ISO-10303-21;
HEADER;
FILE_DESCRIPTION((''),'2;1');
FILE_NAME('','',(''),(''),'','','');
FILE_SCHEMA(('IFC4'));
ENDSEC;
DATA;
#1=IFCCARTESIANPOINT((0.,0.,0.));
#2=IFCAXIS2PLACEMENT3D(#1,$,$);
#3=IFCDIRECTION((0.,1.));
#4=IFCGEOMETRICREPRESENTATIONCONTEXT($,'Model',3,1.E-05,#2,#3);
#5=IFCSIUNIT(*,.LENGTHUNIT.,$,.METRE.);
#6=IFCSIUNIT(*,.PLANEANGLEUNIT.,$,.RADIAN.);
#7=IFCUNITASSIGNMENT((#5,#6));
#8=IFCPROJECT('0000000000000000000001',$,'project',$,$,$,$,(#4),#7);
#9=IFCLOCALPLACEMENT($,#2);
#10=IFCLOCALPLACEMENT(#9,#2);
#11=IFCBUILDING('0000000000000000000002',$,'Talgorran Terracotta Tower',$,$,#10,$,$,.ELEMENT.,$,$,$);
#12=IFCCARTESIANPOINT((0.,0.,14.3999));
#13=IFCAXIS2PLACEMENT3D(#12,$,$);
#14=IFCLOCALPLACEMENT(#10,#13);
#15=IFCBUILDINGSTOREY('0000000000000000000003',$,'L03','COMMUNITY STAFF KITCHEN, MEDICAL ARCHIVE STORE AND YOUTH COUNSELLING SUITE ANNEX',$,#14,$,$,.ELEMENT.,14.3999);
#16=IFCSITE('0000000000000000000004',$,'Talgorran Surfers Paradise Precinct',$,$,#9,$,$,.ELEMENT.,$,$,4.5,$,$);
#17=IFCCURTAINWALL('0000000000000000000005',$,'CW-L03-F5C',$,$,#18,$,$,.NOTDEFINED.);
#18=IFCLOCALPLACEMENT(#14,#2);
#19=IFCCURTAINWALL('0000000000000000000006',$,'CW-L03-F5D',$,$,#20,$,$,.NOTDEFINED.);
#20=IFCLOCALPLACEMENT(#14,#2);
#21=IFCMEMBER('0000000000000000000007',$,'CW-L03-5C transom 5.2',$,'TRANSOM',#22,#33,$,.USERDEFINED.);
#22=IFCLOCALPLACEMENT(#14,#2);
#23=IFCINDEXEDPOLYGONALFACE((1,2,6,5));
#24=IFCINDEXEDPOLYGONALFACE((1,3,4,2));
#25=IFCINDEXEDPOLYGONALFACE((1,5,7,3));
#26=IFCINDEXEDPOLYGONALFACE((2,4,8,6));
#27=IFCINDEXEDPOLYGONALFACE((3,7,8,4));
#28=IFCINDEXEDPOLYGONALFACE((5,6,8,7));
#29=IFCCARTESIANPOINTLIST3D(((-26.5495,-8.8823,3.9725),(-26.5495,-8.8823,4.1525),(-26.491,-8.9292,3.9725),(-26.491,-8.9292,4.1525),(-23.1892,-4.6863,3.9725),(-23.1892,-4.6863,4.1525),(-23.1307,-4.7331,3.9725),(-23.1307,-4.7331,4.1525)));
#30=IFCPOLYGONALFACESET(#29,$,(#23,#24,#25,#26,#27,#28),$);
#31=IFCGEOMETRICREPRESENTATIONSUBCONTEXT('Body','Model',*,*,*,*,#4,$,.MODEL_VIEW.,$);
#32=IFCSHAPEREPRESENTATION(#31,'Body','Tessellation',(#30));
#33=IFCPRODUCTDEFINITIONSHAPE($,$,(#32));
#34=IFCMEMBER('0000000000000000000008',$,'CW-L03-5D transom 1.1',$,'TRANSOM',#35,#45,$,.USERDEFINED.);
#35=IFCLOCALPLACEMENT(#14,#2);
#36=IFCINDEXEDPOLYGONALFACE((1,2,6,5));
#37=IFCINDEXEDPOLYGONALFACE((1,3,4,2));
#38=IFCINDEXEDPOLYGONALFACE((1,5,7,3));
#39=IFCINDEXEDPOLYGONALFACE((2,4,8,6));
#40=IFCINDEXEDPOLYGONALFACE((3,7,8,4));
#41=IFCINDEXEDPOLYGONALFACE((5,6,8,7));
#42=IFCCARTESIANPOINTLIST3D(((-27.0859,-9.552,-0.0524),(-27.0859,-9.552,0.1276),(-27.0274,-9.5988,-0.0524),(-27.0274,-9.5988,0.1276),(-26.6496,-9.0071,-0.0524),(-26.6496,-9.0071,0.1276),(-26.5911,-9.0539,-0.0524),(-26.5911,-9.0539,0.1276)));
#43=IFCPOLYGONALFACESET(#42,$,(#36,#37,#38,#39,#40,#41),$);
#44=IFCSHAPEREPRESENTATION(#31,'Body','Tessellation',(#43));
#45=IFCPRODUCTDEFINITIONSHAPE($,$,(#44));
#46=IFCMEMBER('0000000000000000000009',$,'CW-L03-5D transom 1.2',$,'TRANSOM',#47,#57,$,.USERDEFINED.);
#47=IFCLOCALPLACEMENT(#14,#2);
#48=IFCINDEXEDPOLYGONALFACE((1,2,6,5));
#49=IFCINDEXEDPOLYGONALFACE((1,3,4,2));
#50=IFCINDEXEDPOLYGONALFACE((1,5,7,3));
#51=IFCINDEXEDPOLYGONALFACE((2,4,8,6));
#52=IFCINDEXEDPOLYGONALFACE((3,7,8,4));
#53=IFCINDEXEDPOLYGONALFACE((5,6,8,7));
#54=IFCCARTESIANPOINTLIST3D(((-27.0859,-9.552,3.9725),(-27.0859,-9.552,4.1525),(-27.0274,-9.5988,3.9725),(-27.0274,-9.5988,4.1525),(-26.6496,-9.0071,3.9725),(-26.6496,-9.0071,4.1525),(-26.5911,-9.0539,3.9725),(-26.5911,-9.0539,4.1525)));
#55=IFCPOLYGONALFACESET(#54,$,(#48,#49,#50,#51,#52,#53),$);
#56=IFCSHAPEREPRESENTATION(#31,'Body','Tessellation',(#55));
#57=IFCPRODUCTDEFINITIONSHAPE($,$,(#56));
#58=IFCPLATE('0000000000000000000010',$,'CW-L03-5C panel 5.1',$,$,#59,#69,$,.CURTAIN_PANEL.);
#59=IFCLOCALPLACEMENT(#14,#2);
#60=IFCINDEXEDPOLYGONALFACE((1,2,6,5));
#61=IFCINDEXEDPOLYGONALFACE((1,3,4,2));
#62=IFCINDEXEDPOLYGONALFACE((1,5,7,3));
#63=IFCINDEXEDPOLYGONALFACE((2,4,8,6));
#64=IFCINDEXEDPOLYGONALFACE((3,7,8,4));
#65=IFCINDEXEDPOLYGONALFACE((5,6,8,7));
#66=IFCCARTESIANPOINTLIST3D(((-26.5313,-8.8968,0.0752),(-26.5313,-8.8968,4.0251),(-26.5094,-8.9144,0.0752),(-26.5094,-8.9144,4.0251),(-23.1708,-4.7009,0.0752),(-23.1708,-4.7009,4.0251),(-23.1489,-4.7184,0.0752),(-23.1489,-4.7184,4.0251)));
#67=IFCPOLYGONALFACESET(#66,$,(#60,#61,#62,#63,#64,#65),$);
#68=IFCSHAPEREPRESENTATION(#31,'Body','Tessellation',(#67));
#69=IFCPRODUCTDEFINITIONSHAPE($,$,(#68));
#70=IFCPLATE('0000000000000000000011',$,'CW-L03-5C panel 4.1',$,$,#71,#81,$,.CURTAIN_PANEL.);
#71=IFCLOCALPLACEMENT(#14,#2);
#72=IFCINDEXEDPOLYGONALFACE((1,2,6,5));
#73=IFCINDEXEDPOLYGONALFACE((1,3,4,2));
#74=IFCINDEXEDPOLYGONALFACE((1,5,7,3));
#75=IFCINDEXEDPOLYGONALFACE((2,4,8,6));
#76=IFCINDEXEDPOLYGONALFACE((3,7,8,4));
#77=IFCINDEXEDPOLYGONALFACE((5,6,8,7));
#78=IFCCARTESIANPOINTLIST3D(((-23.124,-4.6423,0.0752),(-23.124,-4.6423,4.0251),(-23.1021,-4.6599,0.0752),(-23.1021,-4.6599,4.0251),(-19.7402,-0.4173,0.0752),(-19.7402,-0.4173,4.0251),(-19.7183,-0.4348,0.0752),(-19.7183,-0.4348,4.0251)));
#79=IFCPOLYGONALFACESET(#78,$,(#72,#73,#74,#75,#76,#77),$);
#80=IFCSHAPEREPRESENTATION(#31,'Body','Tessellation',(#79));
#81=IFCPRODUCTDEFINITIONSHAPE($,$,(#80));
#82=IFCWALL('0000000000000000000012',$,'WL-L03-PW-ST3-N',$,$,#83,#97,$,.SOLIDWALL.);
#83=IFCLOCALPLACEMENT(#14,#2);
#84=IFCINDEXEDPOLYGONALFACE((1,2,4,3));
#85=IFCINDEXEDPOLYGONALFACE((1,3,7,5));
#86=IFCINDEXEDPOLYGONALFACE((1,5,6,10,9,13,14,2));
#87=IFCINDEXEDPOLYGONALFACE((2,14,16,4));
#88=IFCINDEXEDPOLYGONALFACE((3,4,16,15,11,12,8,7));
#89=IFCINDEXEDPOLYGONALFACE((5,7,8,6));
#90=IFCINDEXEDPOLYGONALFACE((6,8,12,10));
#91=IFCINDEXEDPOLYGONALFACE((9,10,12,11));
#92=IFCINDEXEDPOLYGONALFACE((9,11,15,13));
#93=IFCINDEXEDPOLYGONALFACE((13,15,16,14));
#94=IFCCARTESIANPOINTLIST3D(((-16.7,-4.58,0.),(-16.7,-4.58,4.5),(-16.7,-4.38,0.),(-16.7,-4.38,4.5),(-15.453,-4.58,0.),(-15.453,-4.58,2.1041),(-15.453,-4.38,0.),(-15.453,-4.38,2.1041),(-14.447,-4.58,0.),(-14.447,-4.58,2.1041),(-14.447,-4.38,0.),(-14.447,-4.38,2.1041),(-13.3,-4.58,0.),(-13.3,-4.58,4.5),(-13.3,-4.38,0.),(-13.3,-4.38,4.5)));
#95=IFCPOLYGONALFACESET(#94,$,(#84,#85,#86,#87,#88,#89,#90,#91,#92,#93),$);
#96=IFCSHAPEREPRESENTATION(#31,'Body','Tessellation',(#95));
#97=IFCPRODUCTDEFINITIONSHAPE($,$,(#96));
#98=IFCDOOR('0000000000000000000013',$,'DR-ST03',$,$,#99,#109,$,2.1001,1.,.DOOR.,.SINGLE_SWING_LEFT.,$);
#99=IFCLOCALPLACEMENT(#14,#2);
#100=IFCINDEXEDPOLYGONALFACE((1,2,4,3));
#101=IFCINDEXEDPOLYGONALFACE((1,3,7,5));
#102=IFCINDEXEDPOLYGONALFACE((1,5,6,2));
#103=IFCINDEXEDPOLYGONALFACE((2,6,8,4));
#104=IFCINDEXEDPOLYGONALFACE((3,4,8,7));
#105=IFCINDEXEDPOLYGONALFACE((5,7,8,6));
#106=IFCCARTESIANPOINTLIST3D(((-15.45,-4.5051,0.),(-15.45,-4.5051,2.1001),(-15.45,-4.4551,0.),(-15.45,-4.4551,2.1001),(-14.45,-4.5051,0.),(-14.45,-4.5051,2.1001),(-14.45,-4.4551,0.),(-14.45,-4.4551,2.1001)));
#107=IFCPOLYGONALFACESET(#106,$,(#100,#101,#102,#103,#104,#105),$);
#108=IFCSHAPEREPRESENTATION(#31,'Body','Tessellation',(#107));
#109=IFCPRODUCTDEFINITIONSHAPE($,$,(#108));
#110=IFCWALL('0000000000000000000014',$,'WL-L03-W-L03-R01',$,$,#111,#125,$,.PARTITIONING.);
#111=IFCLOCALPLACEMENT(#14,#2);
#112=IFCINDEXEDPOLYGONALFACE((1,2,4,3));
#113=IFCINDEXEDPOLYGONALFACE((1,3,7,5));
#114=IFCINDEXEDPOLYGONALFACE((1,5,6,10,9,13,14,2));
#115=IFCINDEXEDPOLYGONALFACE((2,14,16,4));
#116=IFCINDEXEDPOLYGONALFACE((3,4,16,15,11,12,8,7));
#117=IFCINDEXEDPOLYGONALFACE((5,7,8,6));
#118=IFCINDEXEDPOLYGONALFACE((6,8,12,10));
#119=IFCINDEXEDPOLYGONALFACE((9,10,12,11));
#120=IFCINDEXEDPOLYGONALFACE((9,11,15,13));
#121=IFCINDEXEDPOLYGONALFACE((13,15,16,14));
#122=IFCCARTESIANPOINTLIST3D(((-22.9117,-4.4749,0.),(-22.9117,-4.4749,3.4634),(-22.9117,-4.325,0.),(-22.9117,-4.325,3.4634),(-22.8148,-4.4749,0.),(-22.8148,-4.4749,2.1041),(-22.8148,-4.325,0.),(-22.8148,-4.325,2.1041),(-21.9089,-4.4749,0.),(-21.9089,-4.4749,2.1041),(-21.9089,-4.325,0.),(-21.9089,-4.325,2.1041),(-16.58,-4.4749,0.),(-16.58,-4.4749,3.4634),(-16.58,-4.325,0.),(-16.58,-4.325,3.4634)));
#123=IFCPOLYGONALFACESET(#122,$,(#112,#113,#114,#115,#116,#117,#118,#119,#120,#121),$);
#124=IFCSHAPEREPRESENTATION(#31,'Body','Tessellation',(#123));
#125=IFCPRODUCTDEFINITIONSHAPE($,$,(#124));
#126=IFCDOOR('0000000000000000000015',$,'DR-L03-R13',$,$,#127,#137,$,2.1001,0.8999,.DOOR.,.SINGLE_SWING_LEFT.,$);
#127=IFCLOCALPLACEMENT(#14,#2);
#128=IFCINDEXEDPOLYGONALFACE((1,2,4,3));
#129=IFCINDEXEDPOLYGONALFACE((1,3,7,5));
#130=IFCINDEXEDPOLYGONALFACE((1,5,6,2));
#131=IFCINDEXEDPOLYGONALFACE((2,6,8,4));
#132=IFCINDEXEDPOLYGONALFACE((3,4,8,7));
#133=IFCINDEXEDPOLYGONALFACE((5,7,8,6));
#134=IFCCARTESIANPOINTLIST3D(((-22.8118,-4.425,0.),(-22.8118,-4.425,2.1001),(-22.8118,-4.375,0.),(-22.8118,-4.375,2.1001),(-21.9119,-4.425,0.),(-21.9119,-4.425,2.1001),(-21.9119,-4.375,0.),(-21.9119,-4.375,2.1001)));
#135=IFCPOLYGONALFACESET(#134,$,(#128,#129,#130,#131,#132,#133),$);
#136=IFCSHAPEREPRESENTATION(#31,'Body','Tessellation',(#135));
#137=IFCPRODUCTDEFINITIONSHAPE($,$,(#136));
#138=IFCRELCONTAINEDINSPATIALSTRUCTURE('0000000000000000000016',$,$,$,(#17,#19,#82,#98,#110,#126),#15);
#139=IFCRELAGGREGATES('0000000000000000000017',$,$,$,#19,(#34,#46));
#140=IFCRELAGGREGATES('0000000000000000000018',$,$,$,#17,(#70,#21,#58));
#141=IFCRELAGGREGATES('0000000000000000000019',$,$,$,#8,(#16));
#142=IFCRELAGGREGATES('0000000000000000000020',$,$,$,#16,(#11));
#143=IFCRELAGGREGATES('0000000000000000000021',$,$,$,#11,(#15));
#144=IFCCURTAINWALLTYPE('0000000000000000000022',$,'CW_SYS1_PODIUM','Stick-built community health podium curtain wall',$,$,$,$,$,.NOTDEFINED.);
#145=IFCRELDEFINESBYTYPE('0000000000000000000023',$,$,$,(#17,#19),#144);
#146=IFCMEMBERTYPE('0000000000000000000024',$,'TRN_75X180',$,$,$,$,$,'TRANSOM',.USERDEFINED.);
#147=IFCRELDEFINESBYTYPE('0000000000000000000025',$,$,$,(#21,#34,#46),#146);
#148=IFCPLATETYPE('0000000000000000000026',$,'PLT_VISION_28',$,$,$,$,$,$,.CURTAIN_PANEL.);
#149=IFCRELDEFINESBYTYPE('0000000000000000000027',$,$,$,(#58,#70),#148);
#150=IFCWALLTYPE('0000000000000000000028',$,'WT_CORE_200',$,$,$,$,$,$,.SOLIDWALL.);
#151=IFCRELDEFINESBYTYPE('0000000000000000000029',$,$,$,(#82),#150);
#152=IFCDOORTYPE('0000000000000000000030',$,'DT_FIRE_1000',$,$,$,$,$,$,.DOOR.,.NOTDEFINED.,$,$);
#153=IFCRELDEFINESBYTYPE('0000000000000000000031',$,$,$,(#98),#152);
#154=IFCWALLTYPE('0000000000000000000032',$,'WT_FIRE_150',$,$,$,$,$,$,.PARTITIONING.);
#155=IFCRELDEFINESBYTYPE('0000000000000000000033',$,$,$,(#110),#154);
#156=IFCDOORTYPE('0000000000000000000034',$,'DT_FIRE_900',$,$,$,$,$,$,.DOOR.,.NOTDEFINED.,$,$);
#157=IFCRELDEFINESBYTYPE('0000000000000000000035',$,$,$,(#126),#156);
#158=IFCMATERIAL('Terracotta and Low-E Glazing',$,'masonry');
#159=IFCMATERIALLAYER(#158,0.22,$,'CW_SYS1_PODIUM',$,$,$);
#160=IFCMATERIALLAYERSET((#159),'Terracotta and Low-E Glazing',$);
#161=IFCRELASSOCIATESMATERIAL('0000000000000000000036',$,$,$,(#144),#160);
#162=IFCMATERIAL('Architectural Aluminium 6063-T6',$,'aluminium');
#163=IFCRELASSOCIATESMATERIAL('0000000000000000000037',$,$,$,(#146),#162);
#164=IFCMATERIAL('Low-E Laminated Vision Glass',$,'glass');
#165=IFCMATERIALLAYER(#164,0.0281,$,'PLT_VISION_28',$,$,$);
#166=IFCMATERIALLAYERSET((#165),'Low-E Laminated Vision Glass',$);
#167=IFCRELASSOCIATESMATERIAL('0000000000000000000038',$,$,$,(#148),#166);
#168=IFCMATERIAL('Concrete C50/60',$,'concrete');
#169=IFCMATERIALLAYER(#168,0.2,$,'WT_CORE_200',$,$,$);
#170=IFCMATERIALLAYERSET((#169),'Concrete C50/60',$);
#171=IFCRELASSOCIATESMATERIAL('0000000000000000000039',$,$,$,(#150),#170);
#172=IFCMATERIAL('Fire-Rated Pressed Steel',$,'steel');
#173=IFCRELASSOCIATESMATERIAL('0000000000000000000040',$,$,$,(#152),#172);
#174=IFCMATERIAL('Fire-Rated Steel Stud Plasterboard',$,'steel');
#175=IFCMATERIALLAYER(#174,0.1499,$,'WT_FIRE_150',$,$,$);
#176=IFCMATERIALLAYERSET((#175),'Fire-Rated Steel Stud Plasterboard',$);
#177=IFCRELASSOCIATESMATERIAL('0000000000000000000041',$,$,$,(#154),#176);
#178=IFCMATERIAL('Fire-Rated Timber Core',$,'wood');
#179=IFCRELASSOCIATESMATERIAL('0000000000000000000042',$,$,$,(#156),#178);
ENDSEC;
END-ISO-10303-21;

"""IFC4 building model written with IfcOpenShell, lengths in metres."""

from ifc_helpers import new_model, si_unit, direction, frame, frame_2d, origin, origin_2d, place, context, subcontext, project, spatial, rectangle, extrude, source, transform, mapped, material, layer, layer_set, material_profile, profile_set, type_object, type_shapes, element, fill, aggregate, save


model = new_model("IFC4")

# Units and contexts
model_context = context("Model", 3, precision=1e-05, world=origin(), true_north=direction((0.0, 1.0)))
body_context = subcontext(model_context, "Body", "Model", "MODEL_VIEW")
ifc_project = project(units=[si_unit("LENGTHUNIT", "METRE"), si_unit("PLANEANGLEUNIT", "RADIAN")], contexts=[model_context])

# Site, building, storey
site_placement = place(None, origin())
site = spatial("IfcSite", under=ifc_project, at=site_placement, Name="Talgorran Surfers Paradise Precinct", CompositionType="ELEMENT", RefElevation=4.5)
building_placement = place(site_placement, origin())
building = spatial("IfcBuilding", under=site, at=building_placement, Name="Talgorran Terracotta Tower", CompositionType="ELEMENT")
storey_placement = place(building_placement, frame((0.0, 0.0, 14.3999)))
storey = spatial("IfcBuildingStorey", under=building, at=storey_placement, Name="L03", Description="COMMUNITY STAFF KITCHEN, MEDICAL ARCHIVE STORE AND YOUTH COUNSELLING SUITE ANNEX", CompositionType="ELEMENT", Elevation=14.3999)

# Curtain wall
ifc_material_1 = material(Name="Terracotta and Low-E Glazing", Category="masonry")
ifc_layer_1 = layer(ifc_material_1, 0.22, Name="CW_SYS1_PODIUM")
ifc_layer_set_1 = layer_set([ifc_layer_1], Name="Terracotta and Low-E Glazing")
curtain_wall_type = type_object("IfcCurtainWallType", Name="CW_SYS1_PODIUM", Description="Stick-built community health podium curtain wall", PredefinedType="NOTDEFINED", material=ifc_layer_set_1)
curtain_wall_1_placement = place(storey_placement, origin())
curtain_wall_1 = element("IfcCurtainWall", 1, at=curtain_wall_1_placement, inside=storey, type_object=curtain_wall_type, Name="CW-L03-F5C", PredefinedType="NOTDEFINED")
ifc_material_2 = material(Name="Architectural Aluminium 6063-T6", Category="aluminium")

# Curtain wall
curtain_wall_2_placement = place(storey_placement, origin())
curtain_wall_2 = element("IfcCurtainWall", 2, at=curtain_wall_2_placement, inside=storey, type_object=curtain_wall_type, Name="CW-L03-F5D", PredefinedType="NOTDEFINED")

# Members
ifc_material_profile_1 = material_profile(ifc_material_2, rectangle(XDim=0.075, YDim=0.1799, at=origin_2d()), Name="CWT75X180")
ifc_profile_set_1 = profile_set([ifc_material_profile_1], Name="Architectural Aluminium 6063-T6")
member_type_1 = type_object("IfcMemberType", Name="TRN_75X180", ElementType="TRANSOM", PredefinedType="USERDEFINED", material=ifc_profile_set_1)
member_1_placement = place(storey_placement, frame((-23.1599, -4.7097, 4.0625), z_axis=(-0.625094, -0.78055, 0.0), x_axis=(0.78055, -0.625094, 0.0)))
member_1 = element("IfcMember", 3, at=member_1_placement, type_object=member_type_1, Name="CW-L03-5C transom 5.2", ObjectType="TRANSOM", PredefinedType="USERDEFINED", context=body_context, shape_type="SweptSolid", body=[
    extrude(rectangle(XDim=0.075, YDim=0.1799, at=origin_2d()), origin(), (0.0, 0.0, 1.0), 5.3757),
])
member_2_placement = place(storey_placement, frame((-26.6204, -9.0305, 0.0376), z_axis=(-0.624994, -0.78063, 0.0), x_axis=(0.78063, -0.624994, 0.0)))
member_2 = element("IfcMember", 4, at=member_2_placement, type_object=member_type_1, Name="CW-L03-5D transom 1.1", ObjectType="TRANSOM", PredefinedType="USERDEFINED", context=body_context, shape_type="SweptSolid", body=[
    extrude(rectangle(XDim=0.075, YDim=0.1799, at=origin_2d()), origin(), (0.0, 0.0, 1.0), 0.698),
])
member_3_placement = place(storey_placement, frame((-26.6204, -9.0305, 4.0625), z_axis=(-0.624994, -0.78063, 0.0), x_axis=(0.78063, -0.624994, 0.0)))
member_3 = element("IfcMember", 5, at=member_3_placement, type_object=member_type_1, Name="CW-L03-5D transom 1.2", ObjectType="TRANSOM", PredefinedType="USERDEFINED", context=body_context, shape_type="SweptSolid", body=[
    extrude(rectangle(XDim=0.075, YDim=0.1799, at=origin_2d()), origin(), (0.0, 0.0, 1.0), 0.698),
])
aggregate(curtain_wall_2, [member_2, member_3])

# Plates
ifc_material_3 = material(Name="Low-E Laminated Vision Glass", Category="glass")
ifc_layer_2 = layer(ifc_material_3, 0.0281, Name="PLT_VISION_28")
ifc_layer_set_2 = layer_set([ifc_layer_2], Name="Low-E Laminated Vision Glass")
plate_type = type_object("IfcPlateType", Name="PLT_VISION_28", PredefinedType="CURTAIN_PANEL", material=ifc_layer_set_2)
shared_shape_1 = source(origin(), body_context, "Body", "SweptSolid", [
    extrude(rectangle(XDim=5.3757, YDim=0.0281, at=origin_2d()), origin(), (0.0, 0.0, 1.0), 3.95),
])
plate_1_placement = place(storey_placement, frame((-24.8401, -6.8076, 0.0752), z_axis=(0.0, 0.0, 1.0), x_axis=(-0.625117, -0.780531, 0.0)))
plate_1 = element("IfcPlate", 6, at=plate_1_placement, type_object=plate_type, Name="CW-L03-5C panel 5.1", PredefinedType="CURTAIN_PANEL", context=body_context, shape_type="MappedRepresentation", body=[
    mapped(shared_shape_1, transform((0.0, 0.0, 0.0), scale=1.0)),
])
shared_shape_2 = source(origin(), body_context, "Body", "SweptSolid", [
    extrude(rectangle(XDim=5.4131, YDim=0.0281, at=origin_2d()), origin(), (0.0, 0.0, 1.0), 3.95),
])
type_shapes(plate_type, [shared_shape_1, shared_shape_2])
plate_2_placement = place(storey_placement, frame((-21.4211, -2.5386, 0.0752), z_axis=(0.0, 0.0, 1.0), x_axis=(-0.625117, -0.780531, 0.0)))
plate_2 = element("IfcPlate", 7, at=plate_2_placement, type_object=plate_type, Name="CW-L03-5C panel 4.1", PredefinedType="CURTAIN_PANEL", context=body_context, shape_type="MappedRepresentation", body=[
    mapped(shared_shape_2, transform((0.0, 0.0, 0.0), scale=1.0)),
])
aggregate(curtain_wall_1, [plate_2, member_1, plate_1])

# Walls, openings, doors
ifc_material_4 = material(Name="Concrete C50/60", Category="concrete")
ifc_layer_3 = layer(ifc_material_4, 0.2, Name="WT_CORE_200")
ifc_layer_set_3 = layer_set([ifc_layer_3], Name="Concrete C50/60")
wall_type_1 = type_object("IfcWallType", Name="WT_CORE_200", PredefinedType="SOLIDWALL", material=ifc_layer_set_3)
wall_1_placement = place(storey_placement, frame((-16.7, -4.48, 0.0), z_axis=(0.0, 0.0, 1.0), x_axis=(1.0, 0.0, 0.0)))
wall_1 = element("IfcWall", 8, at=wall_1_placement, inside=storey, type_object=wall_type_1, Name="WL-L03-PW-ST3-N", PredefinedType="SOLIDWALL", context=body_context, shape_type="SweptSolid", body=[
    extrude(rectangle(XDim=3.3999, YDim=0.2, at=frame_2d((1.7, 0.0))), origin(), (0.0, 0.0, 1.0), 4.5),
])
opening_1_placement = place(wall_1_placement, frame((1.25, 0.0, 0.0)))
opening_1 = element("IfcOpeningElement", 9, at=opening_1_placement, cuts=wall_1, PredefinedType="OPENING", context=body_context, shape_type="SweptSolid", body=[
    extrude(rectangle(XDim=1.006, YDim=2.1041, at=frame_2d((0.5, 1.052))), frame((0.0, 0.1099, 0.0), z_axis=(0.0, -1.0, 0.0), x_axis=(1.0, 0.0, 0.0)), (0.0, 0.0, 1.0), 0.22),
])
ifc_material_5 = material(Name="Fire-Rated Pressed Steel", Category="steel")
door_type_1 = type_object("IfcDoorType", Name="DT_FIRE_1000", OperationType="NOTDEFINED", PredefinedType="DOOR", material=ifc_material_5)
door_1_placement = place(opening_1_placement, origin())
door_1 = element("IfcDoor", 10, at=door_1_placement, inside=storey, type_object=door_type_1, Name="DR-ST03", OperationType="SINGLE_SWING_LEFT", OverallHeight=2.1001, OverallWidth=1.0, PredefinedType="DOOR", context=body_context, shape_type="SweptSolid", body=[
    extrude(rectangle(XDim=1.0, YDim=2.1001, at=frame_2d((0.5, 1.05))), frame((0.0, 0.0249, 0.0), z_axis=(0.0, -1.0, 0.0), x_axis=(1.0, 0.0, 0.0)), (0.0, 0.0, 1.0), 0.05),
])
fill(opening_1, door_1)
ifc_material_6 = material(Name="Fire-Rated Steel Stud Plasterboard", Category="steel")
ifc_layer_4 = layer(ifc_material_6, 0.1499, Name="WT_FIRE_150")
ifc_layer_set_4 = layer_set([ifc_layer_4], Name="Fire-Rated Steel Stud Plasterboard")
wall_type_2 = type_object("IfcWallType", Name="WT_FIRE_150", PredefinedType="PARTITIONING", material=ifc_layer_set_4)
wall_2_placement = place(storey_placement, frame((-22.9119, -4.3999, 0.0), z_axis=(0.0, 0.0, 1.0), x_axis=(1.0, 0.0, 0.0)))
wall_2 = element("IfcWall", 11, at=wall_2_placement, inside=storey, type_object=wall_type_2, Name="WL-L03-W-L03-R01", PredefinedType="PARTITIONING", context=body_context, shape_type="SweptSolid", body=[
    extrude(rectangle(XDim=6.3318, YDim=0.1499, at=frame_2d((3.166, 0.0))), origin(), (0.0, 0.0, 1.0), 3.4634),
])
opening_2_placement = place(wall_2_placement, frame((0.1001, 0.0, 0.0)))
opening_2 = element("IfcOpeningElement", 12, at=opening_2_placement, cuts=wall_2, PredefinedType="OPENING", context=body_context, shape_type="SweptSolid", body=[
    extrude(rectangle(XDim=0.9059, YDim=2.1041, at=frame_2d((0.45, 1.052))), frame((0.0, 0.085, 0.0), z_axis=(0.0, -1.0, 0.0), x_axis=(1.0, 0.0, 0.0)), (0.0, 0.0, 1.0), 0.1699),
])
ifc_material_7 = material(Name="Fire-Rated Timber Core", Category="wood")
door_type_2 = type_object("IfcDoorType", Name="DT_FIRE_900", OperationType="NOTDEFINED", PredefinedType="DOOR", material=ifc_material_7)
door_2_placement = place(opening_2_placement, origin())
door_2 = element("IfcDoor", 13, at=door_2_placement, inside=storey, type_object=door_type_2, Name="DR-L03-R13", OperationType="SINGLE_SWING_LEFT", OverallHeight=2.1001, OverallWidth=0.8999, PredefinedType="DOOR", context=body_context, shape_type="SweptSolid", body=[
    extrude(rectangle(XDim=0.8999, YDim=2.1001, at=frame_2d((0.45, 1.05))), frame((0.0, 0.0249, 0.0), z_axis=(0.0, -1.0, 0.0), x_axis=(1.0, 0.0, 0.0)), (0.0, 0.0, 1.0), 0.05),
])
fill(opening_2, door_2)

save(model, "model.ifc")
